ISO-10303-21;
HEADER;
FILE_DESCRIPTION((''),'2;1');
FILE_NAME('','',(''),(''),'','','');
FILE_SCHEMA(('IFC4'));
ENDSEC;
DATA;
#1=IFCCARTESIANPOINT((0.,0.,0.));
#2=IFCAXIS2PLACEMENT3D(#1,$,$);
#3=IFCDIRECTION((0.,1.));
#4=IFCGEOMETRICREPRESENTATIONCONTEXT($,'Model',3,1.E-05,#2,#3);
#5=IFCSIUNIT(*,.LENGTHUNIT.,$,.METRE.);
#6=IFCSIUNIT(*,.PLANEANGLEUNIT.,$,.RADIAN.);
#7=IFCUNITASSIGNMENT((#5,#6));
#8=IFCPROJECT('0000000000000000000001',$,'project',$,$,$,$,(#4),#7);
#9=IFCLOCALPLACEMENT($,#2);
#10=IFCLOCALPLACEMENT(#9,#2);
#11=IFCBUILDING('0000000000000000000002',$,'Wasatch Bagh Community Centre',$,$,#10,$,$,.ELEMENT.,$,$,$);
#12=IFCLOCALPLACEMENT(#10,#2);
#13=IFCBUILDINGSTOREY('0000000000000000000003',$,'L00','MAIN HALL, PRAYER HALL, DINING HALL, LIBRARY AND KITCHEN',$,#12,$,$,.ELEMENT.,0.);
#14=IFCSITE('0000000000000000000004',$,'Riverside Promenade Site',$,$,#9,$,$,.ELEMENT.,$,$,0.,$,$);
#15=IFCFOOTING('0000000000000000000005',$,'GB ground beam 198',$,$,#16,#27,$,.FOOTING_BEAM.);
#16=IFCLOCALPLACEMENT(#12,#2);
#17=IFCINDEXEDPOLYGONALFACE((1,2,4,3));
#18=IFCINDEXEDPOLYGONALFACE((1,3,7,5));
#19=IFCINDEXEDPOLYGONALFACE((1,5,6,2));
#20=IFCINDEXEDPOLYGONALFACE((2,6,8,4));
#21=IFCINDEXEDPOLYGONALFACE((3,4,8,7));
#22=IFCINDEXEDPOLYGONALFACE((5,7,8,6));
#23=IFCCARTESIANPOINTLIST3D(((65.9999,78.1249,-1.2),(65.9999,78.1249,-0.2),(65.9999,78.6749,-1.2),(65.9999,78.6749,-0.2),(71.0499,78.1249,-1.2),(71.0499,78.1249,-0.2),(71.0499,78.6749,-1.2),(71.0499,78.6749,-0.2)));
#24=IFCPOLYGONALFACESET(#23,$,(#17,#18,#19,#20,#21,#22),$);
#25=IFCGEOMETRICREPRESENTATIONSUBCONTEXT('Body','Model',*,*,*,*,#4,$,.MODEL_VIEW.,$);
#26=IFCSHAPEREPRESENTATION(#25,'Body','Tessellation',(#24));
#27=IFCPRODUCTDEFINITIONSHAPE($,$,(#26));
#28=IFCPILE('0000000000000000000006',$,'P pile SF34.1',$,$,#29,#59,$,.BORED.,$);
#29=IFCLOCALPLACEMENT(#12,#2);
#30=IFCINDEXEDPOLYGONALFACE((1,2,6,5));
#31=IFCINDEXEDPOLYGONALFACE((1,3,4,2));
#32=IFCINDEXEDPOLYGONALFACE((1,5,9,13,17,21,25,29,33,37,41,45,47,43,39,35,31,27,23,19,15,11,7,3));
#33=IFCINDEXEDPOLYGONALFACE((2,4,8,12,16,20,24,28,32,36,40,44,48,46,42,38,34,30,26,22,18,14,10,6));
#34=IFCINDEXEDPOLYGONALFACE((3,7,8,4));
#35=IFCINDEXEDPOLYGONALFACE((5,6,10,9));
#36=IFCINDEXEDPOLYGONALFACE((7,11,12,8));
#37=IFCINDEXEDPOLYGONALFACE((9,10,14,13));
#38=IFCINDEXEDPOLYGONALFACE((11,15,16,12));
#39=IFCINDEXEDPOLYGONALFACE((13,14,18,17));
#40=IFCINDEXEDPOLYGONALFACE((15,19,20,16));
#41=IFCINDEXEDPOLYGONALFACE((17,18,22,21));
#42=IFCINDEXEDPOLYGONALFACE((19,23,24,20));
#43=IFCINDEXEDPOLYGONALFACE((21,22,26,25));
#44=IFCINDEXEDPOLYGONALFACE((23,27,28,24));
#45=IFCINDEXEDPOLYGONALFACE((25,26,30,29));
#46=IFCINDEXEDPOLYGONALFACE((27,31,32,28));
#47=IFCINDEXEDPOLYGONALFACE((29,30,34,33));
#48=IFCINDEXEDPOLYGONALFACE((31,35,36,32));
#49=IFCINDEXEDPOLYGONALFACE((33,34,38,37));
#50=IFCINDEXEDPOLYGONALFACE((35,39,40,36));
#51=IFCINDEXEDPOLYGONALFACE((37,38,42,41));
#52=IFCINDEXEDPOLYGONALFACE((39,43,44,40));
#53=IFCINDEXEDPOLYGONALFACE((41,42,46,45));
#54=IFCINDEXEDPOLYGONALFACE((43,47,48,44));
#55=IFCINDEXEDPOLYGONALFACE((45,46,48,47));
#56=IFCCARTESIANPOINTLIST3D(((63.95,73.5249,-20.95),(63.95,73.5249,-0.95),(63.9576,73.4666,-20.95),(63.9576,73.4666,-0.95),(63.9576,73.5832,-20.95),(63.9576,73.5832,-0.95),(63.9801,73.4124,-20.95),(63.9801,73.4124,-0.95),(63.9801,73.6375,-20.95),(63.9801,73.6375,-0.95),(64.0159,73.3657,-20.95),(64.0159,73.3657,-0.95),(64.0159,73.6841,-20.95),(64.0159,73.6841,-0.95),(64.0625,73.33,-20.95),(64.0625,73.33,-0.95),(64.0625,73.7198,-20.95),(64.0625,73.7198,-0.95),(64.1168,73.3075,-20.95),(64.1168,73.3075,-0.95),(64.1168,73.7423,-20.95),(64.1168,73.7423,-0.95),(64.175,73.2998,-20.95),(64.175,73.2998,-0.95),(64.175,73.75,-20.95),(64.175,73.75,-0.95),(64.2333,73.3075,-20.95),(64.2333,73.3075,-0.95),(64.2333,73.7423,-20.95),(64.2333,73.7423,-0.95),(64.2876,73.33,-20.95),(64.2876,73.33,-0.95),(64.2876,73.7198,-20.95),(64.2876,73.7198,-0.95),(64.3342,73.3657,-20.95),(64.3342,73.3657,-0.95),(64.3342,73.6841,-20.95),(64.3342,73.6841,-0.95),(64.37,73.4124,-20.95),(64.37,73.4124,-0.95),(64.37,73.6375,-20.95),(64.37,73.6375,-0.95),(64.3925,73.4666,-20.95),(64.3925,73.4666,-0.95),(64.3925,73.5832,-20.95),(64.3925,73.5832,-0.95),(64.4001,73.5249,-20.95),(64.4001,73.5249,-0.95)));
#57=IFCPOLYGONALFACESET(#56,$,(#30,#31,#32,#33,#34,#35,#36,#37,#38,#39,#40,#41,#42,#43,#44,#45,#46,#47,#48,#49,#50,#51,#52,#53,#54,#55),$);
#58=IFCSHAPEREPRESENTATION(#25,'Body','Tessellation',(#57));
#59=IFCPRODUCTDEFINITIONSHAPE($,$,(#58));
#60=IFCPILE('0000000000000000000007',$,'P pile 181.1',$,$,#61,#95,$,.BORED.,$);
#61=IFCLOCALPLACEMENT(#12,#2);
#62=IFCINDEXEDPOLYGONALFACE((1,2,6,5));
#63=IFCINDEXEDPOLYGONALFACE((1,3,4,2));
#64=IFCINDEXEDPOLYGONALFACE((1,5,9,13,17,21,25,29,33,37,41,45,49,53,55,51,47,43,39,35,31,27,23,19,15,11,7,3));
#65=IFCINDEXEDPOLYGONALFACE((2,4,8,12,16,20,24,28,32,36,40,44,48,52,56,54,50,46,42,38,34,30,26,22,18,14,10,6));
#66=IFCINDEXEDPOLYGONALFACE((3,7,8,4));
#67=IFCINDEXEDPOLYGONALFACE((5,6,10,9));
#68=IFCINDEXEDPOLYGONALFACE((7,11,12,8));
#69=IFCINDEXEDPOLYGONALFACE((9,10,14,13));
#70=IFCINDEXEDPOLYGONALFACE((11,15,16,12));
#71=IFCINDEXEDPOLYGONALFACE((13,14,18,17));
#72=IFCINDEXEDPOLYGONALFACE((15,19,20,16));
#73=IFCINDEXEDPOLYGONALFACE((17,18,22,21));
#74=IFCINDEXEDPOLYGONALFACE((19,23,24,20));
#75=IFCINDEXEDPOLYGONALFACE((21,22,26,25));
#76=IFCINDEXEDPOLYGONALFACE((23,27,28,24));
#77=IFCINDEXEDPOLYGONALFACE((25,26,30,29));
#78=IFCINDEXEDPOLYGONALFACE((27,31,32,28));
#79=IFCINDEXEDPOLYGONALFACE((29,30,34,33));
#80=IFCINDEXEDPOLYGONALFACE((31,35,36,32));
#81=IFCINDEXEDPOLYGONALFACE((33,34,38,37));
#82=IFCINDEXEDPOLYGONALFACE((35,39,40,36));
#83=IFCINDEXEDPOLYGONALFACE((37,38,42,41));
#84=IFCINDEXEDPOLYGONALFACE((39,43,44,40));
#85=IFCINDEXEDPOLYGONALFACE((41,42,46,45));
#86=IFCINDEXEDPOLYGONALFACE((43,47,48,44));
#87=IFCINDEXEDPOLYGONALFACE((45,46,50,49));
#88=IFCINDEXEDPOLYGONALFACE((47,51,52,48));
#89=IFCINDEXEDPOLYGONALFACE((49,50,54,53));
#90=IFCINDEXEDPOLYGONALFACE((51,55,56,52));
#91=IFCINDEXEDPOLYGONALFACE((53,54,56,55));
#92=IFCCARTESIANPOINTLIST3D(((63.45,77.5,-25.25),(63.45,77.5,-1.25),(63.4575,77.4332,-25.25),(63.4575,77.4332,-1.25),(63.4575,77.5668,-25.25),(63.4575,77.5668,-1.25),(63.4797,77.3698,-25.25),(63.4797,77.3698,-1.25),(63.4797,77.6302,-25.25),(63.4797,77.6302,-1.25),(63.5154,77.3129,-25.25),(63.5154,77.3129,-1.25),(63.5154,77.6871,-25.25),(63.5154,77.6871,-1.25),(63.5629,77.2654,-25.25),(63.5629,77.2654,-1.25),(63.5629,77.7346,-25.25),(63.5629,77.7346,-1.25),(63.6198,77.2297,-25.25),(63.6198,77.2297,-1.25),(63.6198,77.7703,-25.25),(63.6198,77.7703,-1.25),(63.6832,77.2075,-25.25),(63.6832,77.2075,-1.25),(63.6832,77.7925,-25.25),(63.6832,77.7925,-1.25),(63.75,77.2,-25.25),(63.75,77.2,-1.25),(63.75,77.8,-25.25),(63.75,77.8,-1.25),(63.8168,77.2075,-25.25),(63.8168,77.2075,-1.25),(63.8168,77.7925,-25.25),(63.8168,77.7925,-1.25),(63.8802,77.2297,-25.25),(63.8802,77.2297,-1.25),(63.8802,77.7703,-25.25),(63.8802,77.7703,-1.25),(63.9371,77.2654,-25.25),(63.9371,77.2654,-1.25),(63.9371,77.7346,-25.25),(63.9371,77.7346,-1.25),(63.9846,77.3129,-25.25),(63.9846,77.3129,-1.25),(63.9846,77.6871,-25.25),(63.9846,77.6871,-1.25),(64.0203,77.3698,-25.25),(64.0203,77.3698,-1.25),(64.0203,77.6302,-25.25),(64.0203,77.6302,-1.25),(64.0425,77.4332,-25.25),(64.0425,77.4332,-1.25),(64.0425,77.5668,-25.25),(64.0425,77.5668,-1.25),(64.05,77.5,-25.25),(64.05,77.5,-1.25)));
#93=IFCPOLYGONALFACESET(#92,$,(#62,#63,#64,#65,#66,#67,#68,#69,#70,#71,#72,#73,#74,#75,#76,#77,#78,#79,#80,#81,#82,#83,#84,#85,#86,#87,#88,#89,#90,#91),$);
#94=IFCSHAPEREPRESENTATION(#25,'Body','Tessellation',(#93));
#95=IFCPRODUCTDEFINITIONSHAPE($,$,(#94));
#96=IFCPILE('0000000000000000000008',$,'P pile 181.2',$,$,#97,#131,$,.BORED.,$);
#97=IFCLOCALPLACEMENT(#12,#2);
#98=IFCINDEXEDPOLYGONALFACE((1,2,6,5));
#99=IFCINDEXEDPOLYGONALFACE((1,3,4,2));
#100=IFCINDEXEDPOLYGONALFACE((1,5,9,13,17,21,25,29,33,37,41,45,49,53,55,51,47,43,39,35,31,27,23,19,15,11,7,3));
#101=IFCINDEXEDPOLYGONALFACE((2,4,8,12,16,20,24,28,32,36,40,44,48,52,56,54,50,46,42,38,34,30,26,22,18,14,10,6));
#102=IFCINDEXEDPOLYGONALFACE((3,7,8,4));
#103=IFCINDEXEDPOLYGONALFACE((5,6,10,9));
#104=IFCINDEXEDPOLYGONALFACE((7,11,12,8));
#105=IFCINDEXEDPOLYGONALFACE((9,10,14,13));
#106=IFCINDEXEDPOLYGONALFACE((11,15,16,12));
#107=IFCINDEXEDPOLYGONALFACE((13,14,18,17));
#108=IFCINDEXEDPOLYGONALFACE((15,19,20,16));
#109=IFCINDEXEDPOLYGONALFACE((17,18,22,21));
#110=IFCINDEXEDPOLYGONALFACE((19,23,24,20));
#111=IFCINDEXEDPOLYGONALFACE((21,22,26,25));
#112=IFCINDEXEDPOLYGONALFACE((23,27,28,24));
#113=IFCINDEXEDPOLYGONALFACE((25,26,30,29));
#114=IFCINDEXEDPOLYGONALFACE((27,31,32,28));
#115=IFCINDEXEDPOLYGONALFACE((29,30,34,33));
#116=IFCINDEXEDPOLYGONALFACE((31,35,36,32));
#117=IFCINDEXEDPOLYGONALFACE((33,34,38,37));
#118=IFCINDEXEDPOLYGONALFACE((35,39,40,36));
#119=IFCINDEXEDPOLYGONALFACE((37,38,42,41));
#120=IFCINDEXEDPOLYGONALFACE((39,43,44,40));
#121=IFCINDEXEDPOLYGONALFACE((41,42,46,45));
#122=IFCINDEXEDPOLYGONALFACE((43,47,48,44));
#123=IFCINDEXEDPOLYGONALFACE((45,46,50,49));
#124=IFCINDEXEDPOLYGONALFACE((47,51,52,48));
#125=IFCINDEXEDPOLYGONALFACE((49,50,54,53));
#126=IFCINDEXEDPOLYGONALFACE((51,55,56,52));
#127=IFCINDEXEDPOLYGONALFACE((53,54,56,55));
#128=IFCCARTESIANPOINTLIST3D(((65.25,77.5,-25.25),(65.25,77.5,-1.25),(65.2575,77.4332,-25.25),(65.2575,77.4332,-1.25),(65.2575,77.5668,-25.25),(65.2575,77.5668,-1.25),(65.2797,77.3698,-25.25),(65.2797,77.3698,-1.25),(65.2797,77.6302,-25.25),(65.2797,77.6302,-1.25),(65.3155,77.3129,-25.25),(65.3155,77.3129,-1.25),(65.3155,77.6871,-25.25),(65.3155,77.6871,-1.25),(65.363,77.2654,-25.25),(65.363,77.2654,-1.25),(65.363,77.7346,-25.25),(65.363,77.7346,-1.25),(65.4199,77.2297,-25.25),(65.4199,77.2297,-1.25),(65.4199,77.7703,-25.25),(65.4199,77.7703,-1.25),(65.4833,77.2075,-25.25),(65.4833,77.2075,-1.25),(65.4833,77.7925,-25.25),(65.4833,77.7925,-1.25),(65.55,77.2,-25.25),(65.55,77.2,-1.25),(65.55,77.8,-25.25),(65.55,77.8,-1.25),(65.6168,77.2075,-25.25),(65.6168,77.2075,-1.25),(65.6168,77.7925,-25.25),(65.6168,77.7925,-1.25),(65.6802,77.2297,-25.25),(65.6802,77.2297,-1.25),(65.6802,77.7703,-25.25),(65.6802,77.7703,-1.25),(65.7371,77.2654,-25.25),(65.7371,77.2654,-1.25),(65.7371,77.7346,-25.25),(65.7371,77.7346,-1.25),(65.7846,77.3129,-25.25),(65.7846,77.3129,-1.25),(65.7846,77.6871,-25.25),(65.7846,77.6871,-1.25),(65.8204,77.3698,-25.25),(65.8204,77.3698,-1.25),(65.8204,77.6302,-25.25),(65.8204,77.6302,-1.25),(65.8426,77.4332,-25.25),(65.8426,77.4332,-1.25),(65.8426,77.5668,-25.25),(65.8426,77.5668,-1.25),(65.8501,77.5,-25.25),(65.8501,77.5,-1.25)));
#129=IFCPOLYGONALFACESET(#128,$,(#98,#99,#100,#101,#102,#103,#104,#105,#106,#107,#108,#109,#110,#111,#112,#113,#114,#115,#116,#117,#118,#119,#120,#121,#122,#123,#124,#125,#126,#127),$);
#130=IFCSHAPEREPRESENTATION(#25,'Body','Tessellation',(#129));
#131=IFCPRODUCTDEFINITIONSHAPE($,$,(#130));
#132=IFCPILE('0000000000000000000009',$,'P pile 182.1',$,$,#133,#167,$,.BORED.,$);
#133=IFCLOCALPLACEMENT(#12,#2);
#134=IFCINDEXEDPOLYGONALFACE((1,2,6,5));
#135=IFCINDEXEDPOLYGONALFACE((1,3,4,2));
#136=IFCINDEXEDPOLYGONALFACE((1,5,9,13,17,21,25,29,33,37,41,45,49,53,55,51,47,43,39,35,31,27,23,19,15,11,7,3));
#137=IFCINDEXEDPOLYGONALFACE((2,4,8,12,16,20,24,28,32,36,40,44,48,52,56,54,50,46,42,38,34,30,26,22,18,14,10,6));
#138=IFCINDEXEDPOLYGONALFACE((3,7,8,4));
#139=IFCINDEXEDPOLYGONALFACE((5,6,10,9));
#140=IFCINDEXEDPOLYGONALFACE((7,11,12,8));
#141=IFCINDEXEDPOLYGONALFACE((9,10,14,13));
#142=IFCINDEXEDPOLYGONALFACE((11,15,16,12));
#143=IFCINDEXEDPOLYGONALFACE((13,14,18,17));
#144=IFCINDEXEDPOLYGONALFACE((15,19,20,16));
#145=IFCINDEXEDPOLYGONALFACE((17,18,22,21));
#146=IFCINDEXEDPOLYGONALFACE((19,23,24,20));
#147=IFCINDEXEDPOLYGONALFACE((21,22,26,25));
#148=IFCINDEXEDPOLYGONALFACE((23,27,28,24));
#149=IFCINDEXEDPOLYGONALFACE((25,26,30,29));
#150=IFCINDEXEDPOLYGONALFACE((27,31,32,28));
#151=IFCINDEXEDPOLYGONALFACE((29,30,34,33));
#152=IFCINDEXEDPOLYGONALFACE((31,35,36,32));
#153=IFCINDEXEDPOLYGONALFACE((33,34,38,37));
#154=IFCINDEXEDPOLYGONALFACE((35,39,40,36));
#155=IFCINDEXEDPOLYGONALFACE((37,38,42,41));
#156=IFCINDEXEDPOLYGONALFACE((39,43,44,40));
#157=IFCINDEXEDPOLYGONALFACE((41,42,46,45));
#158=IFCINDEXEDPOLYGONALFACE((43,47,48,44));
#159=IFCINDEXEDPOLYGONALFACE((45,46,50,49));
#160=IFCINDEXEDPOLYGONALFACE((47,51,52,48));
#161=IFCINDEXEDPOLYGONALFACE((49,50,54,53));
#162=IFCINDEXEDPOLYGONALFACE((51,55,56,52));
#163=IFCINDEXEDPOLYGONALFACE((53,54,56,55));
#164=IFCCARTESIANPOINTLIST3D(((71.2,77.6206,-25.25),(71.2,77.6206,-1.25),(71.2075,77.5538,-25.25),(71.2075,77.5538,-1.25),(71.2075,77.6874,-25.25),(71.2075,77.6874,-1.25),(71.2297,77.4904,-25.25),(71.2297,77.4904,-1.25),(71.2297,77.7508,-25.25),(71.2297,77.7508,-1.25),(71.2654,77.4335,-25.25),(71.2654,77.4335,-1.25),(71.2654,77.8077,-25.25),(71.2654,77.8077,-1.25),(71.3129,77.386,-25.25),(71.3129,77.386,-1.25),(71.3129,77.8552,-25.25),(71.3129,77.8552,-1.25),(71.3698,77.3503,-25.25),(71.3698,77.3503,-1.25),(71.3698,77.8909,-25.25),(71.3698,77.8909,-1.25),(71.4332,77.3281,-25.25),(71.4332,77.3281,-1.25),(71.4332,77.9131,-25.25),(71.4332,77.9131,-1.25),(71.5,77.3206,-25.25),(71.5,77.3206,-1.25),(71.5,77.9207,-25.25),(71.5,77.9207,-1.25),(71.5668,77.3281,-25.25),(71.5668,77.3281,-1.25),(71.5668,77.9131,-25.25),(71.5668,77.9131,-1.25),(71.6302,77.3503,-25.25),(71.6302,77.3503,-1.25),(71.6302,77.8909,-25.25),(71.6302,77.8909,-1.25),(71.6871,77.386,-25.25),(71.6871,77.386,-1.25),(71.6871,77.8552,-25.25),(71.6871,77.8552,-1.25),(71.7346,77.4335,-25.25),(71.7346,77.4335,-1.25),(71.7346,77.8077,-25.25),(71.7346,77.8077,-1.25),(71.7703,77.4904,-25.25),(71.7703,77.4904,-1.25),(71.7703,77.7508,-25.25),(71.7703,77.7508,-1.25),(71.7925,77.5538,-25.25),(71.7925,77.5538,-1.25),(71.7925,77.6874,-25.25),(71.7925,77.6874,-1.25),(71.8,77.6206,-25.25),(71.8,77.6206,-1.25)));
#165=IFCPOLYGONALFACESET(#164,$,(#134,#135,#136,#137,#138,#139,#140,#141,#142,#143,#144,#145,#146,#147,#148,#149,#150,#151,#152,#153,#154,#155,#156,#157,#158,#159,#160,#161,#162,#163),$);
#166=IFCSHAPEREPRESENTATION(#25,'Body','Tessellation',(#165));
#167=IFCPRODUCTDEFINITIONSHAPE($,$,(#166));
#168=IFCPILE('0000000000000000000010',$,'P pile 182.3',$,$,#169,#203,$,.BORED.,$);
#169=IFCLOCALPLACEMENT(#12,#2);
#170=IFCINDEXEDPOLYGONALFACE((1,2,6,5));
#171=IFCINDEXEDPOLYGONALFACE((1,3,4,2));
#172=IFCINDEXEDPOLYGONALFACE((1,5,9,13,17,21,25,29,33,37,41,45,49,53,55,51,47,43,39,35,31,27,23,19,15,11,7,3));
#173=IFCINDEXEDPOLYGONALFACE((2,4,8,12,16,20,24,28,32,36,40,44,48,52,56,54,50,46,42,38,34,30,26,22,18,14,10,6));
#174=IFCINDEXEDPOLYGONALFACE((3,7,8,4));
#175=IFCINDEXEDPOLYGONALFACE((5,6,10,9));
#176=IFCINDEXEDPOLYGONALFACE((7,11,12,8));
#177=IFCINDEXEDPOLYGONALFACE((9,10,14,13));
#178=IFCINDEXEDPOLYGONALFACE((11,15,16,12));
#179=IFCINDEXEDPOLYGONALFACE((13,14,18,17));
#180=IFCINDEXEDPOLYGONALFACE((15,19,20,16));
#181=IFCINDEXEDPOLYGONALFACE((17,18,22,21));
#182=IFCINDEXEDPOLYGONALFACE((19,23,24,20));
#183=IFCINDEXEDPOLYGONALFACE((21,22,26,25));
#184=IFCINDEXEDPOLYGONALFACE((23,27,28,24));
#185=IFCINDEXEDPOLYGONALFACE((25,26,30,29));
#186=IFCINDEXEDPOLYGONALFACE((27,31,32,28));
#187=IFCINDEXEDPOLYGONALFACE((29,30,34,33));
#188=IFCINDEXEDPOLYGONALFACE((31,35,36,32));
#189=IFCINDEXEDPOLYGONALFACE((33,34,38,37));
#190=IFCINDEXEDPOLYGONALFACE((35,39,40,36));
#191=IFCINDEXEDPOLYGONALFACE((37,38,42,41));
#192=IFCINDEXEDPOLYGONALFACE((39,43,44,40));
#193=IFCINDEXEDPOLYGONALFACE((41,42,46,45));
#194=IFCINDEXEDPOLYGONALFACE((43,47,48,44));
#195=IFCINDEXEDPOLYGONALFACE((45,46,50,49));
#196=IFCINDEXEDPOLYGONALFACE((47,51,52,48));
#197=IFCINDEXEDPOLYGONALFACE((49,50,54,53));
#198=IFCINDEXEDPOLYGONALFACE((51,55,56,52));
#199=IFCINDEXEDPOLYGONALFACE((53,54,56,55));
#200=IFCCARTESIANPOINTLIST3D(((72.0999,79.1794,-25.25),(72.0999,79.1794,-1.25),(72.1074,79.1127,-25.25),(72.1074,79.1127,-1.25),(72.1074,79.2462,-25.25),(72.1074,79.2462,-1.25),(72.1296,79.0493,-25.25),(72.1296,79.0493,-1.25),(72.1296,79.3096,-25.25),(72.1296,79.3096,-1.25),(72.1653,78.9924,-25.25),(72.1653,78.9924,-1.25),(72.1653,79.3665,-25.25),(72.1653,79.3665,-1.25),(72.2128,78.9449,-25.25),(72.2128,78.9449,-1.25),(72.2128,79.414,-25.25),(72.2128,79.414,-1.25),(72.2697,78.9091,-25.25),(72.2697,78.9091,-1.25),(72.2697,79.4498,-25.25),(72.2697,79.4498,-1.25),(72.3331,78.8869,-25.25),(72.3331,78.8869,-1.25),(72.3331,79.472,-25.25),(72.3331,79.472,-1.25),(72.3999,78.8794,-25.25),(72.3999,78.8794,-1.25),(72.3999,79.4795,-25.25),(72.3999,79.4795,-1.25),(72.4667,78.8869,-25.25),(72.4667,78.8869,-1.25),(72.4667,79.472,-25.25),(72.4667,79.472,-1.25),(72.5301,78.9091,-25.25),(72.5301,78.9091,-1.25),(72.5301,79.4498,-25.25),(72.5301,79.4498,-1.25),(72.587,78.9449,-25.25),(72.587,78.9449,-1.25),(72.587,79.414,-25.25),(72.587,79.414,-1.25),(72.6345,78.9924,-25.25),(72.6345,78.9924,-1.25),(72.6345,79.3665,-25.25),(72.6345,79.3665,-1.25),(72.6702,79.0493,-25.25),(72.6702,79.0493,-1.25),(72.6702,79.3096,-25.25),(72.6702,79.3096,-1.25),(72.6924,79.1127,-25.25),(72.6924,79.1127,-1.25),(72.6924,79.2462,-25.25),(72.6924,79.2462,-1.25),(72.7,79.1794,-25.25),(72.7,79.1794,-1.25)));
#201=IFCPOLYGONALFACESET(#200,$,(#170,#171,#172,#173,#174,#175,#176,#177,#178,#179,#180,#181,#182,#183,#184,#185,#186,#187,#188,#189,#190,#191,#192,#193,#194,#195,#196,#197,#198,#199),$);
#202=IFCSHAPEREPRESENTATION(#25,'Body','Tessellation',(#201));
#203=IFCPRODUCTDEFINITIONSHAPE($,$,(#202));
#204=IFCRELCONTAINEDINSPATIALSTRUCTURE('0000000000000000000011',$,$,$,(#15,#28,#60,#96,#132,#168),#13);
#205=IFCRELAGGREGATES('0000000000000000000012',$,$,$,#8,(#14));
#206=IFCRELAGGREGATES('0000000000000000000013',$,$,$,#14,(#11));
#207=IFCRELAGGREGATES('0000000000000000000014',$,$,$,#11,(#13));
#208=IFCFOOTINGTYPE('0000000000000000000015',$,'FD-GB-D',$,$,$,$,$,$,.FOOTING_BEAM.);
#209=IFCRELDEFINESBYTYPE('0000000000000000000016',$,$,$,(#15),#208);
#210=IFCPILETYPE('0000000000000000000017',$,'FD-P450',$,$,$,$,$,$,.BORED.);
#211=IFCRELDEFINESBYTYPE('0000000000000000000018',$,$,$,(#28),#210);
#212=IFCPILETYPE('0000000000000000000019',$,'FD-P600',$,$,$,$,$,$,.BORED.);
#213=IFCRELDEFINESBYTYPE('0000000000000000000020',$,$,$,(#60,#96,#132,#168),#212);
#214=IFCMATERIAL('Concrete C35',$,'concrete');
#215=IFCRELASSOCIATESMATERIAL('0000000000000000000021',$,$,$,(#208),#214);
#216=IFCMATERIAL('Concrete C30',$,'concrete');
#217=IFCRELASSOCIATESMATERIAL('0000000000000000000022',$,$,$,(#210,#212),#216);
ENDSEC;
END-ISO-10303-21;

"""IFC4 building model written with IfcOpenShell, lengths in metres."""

from ifc_helpers import new_model, si_unit, direction, frame, origin, origin_2d, place, context, subcontext, project, spatial, rectangle, circle, extrude, material, material_profile, profile_set, type_object, element, save


model = new_model("IFC4")

# Units and contexts
model_context = context("Model", 3, precision=1e-05, world=origin(), true_north=direction((0.0, 1.0)))
body_context = subcontext(model_context, "Body", "Model", "MODEL_VIEW")
ifc_project = project(units=[si_unit("LENGTHUNIT", "METRE"), si_unit("PLANEANGLEUNIT", "RADIAN")], contexts=[model_context])

# Site, building, storey
site_placement = place(None, origin())
site = spatial("IfcSite", under=ifc_project, at=site_placement, Name="Riverside Promenade Site", CompositionType="ELEMENT", RefElevation=0.0)
building_placement = place(site_placement, origin())
building = spatial("IfcBuilding", under=site, at=building_placement, Name="Wasatch Bagh Community Centre", CompositionType="ELEMENT")
storey_placement = place(building_placement, origin())
storey = spatial("IfcBuildingStorey", under=building, at=storey_placement, Name="L00", Description="MAIN HALL, PRAYER HALL, DINING HALL, LIBRARY AND KITCHEN", CompositionType="ELEMENT", Elevation=0.0)

# Footing
ifc_material_1 = material(Name="Concrete C35", Category="concrete")
footing_type_1 = type_object("IfcFootingType", Name="FD-GB-D", PredefinedType="FOOTING_BEAM", material=ifc_material_1)
footing_1_placement = place(storey_placement, frame((68.5249, 78.3999, -1.2), z_axis=(0.0, 0.0, 1.0), x_axis=(-1.0, 0.0, 0.0)))
element("IfcFooting", 1, at=footing_1_placement, inside=storey, type_object=footing_type_1, Name="GB ground beam 198", PredefinedType="FOOTING_BEAM", context=body_context, shape_type="SweptSolid", body=[
    extrude(rectangle(XDim=5.05, YDim=0.55, at=origin_2d()), origin(), (0.0, 0.0, 1.0), 1.0),
])

# Piles
ifc_material_2 = material(Name="Concrete C30", Category="concrete")
ifc_material_profile_1 = material_profile(ifc_material_2, circle(Radius=0.2251, at=origin_2d()), Name="RC D450")
ifc_profile_set_1 = profile_set([ifc_material_profile_1], Name="Concrete C30")
pile_type_1 = type_object("IfcPileType", Name="FD-P450", PredefinedType="BORED", material=ifc_profile_set_1)
pile_placement = place(storey_placement, frame((64.175, 73.5249, -0.95), z_axis=(0.0, 0.0, -1.0), x_axis=(1.0, 0.0, 0.0)))
element("IfcPile", 2, at=pile_placement, inside=storey, type_object=pile_type_1, Name="P pile SF34.1", PredefinedType="BORED", context=body_context, shape_type="SweptSolid", body=[
    extrude(circle(Radius=0.2251, at=origin_2d()), origin(), (0.0, 0.0, 1.0), 20.0),
])
ifc_material_profile_2 = material_profile(ifc_material_2, circle(Radius=0.3, at=origin_2d()), Name="RC D600")
ifc_profile_set_2 = profile_set([ifc_material_profile_2], Name="Concrete C30")
pile_type_2 = type_object("IfcPileType", Name="FD-P600", PredefinedType="BORED", material=ifc_profile_set_2)
for number, where, z_axis, x_axis, name in (
    (3, (63.75, 77.5, -1.25), (0.0, 0.0, -1.0), (1.0, 0.0, 0.0), "P pile 181.1"),
    (4, (65.55, 77.5, -1.25), (0.0, 0.0, -1.0), (1.0, 0.0, 0.0), "P pile 181.2"),
    (5, (71.5, 77.6206, -1.25), (0.0, 0.0, -1.0), (1.0, 0.0, 0.0), "P pile 182.1"),
    (6, (72.3999, 79.1794, -1.25), (0.0, 0.0, -1.0), (1.0, 0.0, 0.0), "P pile 182.3"),
):
    element("IfcPile", number, at=place(storey_placement, frame(where, z_axis=z_axis, x_axis=x_axis)), inside=storey, type_object=pile_type_2, Name=name, PredefinedType="BORED", context=body_context, shape_type="SweptSolid", body=[
        extrude(circle(Radius=0.3, at=origin_2d()), origin(), (0.0, 0.0, 1.0), 24.0),
    ])

save(model, "model.ifc")
